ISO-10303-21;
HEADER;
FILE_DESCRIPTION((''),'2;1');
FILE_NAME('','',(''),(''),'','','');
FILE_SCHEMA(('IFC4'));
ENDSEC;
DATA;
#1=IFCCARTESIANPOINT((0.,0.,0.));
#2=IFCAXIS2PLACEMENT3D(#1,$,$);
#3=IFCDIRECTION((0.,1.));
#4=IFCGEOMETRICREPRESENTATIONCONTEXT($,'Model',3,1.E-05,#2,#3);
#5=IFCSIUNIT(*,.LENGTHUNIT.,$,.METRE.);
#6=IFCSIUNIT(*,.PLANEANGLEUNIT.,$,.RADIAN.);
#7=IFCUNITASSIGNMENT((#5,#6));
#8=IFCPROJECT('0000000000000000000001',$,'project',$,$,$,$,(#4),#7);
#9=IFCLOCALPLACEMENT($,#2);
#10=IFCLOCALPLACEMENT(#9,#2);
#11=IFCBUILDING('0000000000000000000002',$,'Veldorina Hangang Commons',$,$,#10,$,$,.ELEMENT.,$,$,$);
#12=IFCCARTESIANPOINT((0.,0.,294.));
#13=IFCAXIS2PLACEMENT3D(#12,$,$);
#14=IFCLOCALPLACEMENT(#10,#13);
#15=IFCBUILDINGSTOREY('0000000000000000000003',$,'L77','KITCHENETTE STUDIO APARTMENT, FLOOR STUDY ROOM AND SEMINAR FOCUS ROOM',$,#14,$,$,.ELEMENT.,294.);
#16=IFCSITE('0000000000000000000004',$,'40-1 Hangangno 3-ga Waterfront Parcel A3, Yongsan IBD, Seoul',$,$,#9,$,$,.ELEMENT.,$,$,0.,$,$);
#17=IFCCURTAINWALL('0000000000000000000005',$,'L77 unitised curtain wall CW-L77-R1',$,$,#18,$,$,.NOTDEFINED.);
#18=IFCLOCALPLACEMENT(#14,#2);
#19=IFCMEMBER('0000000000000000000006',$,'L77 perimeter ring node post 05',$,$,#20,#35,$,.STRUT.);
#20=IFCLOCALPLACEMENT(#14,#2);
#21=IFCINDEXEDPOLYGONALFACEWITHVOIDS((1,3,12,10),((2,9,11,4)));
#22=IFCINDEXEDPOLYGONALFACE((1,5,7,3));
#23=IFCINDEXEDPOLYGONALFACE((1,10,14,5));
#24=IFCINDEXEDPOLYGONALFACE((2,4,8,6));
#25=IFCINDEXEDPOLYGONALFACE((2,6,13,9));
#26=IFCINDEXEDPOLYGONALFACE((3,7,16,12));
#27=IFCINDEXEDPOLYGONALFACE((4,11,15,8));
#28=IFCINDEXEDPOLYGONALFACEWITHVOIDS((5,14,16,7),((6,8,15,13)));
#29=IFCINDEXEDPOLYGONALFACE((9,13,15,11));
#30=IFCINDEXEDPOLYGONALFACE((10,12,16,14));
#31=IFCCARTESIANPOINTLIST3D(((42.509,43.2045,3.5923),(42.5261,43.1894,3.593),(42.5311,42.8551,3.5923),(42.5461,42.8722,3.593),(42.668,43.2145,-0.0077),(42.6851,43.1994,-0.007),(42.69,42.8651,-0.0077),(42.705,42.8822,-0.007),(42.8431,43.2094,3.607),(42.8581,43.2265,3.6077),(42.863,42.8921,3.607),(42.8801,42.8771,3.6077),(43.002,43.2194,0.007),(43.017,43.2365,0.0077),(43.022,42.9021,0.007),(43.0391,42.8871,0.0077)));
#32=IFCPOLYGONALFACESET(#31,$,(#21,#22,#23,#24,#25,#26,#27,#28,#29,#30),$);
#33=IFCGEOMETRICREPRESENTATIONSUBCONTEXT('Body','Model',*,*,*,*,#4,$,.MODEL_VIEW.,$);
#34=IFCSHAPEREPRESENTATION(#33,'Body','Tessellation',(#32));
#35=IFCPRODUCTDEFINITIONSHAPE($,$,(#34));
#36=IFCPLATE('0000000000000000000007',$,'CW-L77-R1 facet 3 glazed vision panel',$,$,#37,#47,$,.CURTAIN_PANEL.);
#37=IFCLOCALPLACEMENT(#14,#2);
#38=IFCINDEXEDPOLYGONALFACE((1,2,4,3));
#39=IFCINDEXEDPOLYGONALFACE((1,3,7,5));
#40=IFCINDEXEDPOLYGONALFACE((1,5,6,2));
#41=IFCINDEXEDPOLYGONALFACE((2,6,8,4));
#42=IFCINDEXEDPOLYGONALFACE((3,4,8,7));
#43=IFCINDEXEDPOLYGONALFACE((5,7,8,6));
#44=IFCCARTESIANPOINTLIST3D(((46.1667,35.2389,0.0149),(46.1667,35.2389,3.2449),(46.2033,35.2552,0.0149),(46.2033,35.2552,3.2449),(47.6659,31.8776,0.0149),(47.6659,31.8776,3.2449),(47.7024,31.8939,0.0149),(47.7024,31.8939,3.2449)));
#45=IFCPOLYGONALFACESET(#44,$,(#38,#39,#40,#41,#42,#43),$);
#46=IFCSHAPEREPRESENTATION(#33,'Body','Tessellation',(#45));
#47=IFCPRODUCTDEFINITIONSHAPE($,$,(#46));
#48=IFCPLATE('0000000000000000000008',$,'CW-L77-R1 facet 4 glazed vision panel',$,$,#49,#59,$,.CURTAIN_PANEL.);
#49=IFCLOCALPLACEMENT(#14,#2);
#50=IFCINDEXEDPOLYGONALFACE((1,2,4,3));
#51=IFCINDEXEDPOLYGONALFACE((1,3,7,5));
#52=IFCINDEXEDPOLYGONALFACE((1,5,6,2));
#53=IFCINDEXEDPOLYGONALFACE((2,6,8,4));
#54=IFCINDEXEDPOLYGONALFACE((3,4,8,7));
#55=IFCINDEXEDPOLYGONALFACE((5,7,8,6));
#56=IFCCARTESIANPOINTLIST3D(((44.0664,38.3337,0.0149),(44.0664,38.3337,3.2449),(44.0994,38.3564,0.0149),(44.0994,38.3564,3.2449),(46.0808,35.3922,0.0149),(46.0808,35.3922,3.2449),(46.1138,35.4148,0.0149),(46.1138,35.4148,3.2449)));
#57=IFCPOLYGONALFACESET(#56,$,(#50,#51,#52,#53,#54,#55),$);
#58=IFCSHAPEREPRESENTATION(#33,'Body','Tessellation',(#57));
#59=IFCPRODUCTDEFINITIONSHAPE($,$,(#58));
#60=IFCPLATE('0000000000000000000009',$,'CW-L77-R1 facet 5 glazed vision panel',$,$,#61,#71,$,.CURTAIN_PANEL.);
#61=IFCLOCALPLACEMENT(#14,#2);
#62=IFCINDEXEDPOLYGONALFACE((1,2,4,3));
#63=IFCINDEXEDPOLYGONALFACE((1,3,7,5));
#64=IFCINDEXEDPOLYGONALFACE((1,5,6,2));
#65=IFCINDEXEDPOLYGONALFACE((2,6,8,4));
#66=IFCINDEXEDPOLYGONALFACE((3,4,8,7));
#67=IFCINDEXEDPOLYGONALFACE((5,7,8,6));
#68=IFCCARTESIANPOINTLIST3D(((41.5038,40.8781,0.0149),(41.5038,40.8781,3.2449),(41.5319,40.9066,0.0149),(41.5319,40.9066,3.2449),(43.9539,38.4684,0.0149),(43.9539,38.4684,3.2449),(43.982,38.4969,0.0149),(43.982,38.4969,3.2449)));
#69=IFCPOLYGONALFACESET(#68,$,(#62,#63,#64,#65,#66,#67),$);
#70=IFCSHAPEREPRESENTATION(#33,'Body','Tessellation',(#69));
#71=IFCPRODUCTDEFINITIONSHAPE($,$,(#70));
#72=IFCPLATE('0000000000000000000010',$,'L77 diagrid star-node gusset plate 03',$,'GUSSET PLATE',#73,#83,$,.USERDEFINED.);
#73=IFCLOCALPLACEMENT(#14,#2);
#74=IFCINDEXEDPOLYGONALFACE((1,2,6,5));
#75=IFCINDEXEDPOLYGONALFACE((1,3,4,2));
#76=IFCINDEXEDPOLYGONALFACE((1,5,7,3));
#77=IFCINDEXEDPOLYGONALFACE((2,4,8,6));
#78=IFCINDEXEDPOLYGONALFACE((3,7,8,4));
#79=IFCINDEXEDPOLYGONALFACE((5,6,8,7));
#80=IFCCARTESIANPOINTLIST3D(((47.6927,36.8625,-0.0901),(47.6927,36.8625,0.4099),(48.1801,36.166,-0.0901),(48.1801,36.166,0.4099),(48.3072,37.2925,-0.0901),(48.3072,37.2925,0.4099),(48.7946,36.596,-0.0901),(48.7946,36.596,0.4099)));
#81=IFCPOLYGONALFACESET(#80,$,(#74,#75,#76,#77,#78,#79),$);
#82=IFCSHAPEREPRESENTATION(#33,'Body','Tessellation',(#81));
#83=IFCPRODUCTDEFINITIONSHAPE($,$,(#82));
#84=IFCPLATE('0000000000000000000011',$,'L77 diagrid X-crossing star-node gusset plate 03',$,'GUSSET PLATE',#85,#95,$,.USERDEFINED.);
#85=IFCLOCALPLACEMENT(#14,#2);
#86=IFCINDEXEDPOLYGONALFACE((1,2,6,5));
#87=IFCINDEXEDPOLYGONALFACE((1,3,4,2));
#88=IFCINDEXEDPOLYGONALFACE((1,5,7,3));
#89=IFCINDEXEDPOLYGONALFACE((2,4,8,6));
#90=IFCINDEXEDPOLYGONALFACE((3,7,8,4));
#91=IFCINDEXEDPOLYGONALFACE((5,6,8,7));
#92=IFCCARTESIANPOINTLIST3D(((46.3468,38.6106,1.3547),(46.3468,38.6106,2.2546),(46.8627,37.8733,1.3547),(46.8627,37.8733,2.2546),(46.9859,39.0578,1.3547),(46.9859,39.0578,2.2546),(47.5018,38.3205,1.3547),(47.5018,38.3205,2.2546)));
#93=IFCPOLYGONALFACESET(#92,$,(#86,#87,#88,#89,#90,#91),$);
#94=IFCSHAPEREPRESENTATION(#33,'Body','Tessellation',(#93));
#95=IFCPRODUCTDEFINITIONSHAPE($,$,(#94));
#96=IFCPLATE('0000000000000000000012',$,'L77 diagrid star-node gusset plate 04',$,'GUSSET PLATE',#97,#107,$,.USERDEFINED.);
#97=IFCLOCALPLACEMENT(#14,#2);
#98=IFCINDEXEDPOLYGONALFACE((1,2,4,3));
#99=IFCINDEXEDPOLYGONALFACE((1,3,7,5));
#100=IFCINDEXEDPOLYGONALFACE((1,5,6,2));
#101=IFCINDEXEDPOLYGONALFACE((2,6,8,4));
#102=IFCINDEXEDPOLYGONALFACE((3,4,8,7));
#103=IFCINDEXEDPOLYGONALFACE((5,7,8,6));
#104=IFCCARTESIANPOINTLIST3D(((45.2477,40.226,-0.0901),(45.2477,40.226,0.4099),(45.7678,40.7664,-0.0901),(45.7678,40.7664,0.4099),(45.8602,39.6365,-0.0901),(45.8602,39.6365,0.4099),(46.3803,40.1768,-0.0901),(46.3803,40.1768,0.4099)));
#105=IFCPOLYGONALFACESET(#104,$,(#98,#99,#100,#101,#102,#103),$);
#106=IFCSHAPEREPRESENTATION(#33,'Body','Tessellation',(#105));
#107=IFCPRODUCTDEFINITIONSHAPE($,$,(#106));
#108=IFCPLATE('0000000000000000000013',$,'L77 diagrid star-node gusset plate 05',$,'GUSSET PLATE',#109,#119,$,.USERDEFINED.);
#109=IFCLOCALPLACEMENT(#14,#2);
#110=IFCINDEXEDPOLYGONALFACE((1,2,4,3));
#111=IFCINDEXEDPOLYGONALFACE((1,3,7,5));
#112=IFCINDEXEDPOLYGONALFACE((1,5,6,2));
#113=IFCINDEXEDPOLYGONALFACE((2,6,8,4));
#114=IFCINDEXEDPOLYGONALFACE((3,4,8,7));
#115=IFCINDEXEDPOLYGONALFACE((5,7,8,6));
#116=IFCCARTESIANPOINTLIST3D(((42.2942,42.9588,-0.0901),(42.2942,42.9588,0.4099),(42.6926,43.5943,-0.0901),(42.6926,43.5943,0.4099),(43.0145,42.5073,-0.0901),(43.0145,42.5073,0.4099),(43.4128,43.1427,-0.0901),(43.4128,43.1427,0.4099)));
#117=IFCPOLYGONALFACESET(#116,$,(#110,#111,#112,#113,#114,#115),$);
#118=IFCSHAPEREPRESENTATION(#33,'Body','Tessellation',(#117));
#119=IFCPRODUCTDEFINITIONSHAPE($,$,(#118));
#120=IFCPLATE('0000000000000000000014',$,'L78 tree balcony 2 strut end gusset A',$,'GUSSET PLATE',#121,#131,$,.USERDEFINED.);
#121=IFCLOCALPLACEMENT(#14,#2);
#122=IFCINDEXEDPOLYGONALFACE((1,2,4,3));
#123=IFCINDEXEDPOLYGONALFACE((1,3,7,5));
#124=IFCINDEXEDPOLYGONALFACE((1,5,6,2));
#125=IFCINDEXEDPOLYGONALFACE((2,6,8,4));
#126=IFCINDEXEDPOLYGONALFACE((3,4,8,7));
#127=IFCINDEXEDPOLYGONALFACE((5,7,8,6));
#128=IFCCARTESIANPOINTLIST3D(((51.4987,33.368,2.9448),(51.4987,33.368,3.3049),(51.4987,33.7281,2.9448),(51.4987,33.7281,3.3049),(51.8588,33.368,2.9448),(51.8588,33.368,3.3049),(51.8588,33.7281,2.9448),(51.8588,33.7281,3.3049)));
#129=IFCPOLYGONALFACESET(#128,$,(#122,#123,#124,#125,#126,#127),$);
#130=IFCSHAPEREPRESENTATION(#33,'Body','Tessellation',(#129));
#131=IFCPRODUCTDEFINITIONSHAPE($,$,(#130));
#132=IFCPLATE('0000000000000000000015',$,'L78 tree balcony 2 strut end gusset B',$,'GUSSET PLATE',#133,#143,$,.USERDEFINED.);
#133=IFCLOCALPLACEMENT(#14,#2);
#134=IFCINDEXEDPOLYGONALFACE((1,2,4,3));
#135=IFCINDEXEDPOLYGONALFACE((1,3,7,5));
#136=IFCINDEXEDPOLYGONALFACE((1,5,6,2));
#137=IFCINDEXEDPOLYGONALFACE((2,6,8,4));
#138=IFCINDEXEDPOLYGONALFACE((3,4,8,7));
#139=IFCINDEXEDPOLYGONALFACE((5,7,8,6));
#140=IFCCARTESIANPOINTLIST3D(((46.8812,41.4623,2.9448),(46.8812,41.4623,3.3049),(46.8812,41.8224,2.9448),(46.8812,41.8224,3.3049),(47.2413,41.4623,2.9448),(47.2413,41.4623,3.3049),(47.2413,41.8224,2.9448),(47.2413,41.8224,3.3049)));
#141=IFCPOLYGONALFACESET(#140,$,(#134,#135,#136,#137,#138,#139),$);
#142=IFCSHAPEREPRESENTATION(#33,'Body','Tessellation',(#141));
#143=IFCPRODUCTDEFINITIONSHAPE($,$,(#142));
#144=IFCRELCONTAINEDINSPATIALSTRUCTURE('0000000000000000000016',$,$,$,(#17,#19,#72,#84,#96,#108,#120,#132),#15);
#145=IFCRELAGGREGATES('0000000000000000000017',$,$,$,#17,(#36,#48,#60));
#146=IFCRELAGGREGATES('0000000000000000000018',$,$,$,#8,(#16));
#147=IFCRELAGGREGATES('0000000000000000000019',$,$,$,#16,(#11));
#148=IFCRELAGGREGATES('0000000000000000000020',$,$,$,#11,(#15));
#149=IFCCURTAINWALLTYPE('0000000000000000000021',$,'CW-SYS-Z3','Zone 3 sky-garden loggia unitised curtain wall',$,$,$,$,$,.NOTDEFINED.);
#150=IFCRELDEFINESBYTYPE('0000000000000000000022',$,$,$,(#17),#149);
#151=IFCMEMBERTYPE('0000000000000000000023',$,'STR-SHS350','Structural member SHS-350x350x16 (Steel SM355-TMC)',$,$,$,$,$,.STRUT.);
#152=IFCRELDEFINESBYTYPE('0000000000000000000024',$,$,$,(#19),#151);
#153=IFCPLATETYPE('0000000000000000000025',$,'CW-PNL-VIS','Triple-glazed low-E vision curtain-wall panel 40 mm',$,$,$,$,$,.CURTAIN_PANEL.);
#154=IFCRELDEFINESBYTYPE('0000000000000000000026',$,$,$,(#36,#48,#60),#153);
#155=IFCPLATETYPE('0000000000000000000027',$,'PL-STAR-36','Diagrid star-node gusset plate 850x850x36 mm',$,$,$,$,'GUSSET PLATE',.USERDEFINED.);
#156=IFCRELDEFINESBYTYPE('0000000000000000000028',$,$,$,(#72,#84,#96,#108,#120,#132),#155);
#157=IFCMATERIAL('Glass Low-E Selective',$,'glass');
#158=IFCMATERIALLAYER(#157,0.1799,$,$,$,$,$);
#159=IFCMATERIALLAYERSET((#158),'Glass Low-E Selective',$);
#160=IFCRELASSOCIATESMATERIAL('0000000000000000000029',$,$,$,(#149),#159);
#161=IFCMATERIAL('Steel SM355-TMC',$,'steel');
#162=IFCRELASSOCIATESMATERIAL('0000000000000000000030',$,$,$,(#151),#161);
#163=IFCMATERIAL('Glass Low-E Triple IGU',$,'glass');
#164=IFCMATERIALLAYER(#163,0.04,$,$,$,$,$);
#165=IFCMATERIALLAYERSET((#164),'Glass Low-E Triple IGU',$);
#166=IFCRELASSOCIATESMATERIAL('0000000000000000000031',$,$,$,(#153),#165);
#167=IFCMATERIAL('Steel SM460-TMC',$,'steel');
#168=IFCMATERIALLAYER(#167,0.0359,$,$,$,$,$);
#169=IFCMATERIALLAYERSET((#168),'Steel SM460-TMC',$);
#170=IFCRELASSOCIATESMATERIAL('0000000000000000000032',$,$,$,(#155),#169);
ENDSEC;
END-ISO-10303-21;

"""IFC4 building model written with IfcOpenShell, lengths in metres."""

from ifc_helpers import new_model, si_unit, direction, frame, origin, origin_2d, place, context, subcontext, project, spatial, rectangle, hollow_rectangle, extrude, material, layer, layer_set, material_profile, profile_set, type_object, element, aggregate, save


model = new_model("IFC4")

# Units and contexts
model_context = context("Model", 3, precision=1e-05, world=origin(), true_north=direction((0.0, 1.0)))
body_context = subcontext(model_context, "Body", "Model", "MODEL_VIEW")
ifc_project = project(units=[si_unit("LENGTHUNIT", "METRE"), si_unit("PLANEANGLEUNIT", "RADIAN")], contexts=[model_context])

# Site, building, storey
site_placement = place(None, origin())
site = spatial("IfcSite", under=ifc_project, at=site_placement, Name="40-1 Hangangno 3-ga Waterfront Parcel A3, Yongsan IBD, Seoul", CompositionType="ELEMENT", RefElevation=0.0)
building_placement = place(site_placement, origin())
building = spatial("IfcBuilding", under=site, at=building_placement, Name="Veldorina Hangang Commons", CompositionType="ELEMENT")
storey_placement = place(building_placement, frame((0.0, 0.0, 294.0)))
storey = spatial("IfcBuildingStorey", under=building, at=storey_placement, Name="L77", Description="KITCHENETTE STUDIO APARTMENT, FLOOR STUDY ROOM AND SEMINAR FOCUS ROOM", CompositionType="ELEMENT", Elevation=294.0)

# Shared definitions
ifc_material_1 = material(Name="Steel SM460-TMC", Category="steel")
ifc_material_2 = material(Name="Steel SM355-TMC", Category="steel")

# Curtain wall
ifc_material_3 = material(Name="Glass Low-E Selective", Category="glass")
ifc_layer_1 = layer(ifc_material_3, 0.1799)
ifc_layer_set_1 = layer_set([ifc_layer_1], Name="Glass Low-E Selective")
curtain_wall_type = type_object("IfcCurtainWallType", Name="CW-SYS-Z3", Description="Zone 3 sky-garden loggia unitised curtain wall", PredefinedType="NOTDEFINED", material=ifc_layer_set_1)
curtain_wall_placement = place(storey_placement, origin())
curtain_wall = element("IfcCurtainWall", 1, at=curtain_wall_placement, inside=storey, type_object=curtain_wall_type, Name="L77 unitised curtain wall CW-L77-R1", PredefinedType="NOTDEFINED")

# Member
ifc_material_profile_1 = material_profile(ifc_material_2, hollow_rectangle(XDim=0.3501, YDim=0.3501, WallThickness=0.0161, at=origin_2d()), Name="SHS-350x350x16")
ifc_profile_set_1 = profile_set([ifc_material_profile_1], Name="Steel SM355-TMC")
member_type_1 = type_object("IfcMemberType", Name="STR-SHS350", Description="Structural member SHS-350x350x16 (Steel SM355-TMC)", PredefinedType="STRUT", material=ifc_profile_set_1)
member_1_placement = place(storey_placement, frame((42.8535, 43.0508, 0.0), z_axis=(-0.044104, -0.002778, 0.999023), x_axis=(0.062855, -0.998023, 0.0)))
element("IfcMember", 2, at=member_1_placement, inside=storey, type_object=member_type_1, Name="L77 perimeter ring node post 05", PredefinedType="STRUT", context=body_context, shape_type="SweptSolid", body=[
    extrude(hollow_rectangle(XDim=0.3501, YDim=0.3501, WallThickness=0.0161, at=origin_2d()), origin(), (0.0, 0.0, 1.0), 3.6035),
])

# Plates
ifc_material_4 = material(Name="Glass Low-E Triple IGU", Category="glass")
ifc_layer_2 = layer(ifc_material_4, 0.04)
ifc_layer_set_2 = layer_set([ifc_layer_2], Name="Glass Low-E Triple IGU")
plate_type_1 = type_object("IfcPlateType", Name="CW-PNL-VIS", Description="Triple-glazed low-E vision curtain-wall panel 40 mm", PredefinedType="CURTAIN_PANEL", material=ifc_layer_set_2)
plate_1_placement = place(storey_placement, frame((46.9346, 33.5664, 0.0149), z_axis=(0.0, 0.0, 1.0), x_axis=(-0.407327, 0.913283, 0.0)))
plate_1 = element("IfcPlate", 3, at=plate_1_placement, type_object=plate_type_1, Name="CW-L77-R1 facet 3 glazed vision panel", PredefinedType="CURTAIN_PANEL", context=body_context, shape_type="SweptSolid", body=[
    extrude(rectangle(XDim=3.6804, YDim=0.04, at=origin_2d()), origin(), (0.0, 0.0, 1.0), 3.23),
])
plate_2_placement = place(storey_placement, frame((45.0901, 36.8743, 0.0149), z_axis=(0.0, 0.0, 1.0), x_axis=(-0.565025, 0.825074, 0.0)))
plate_2 = element("IfcPlate", 4, at=plate_2_placement, type_object=plate_type_1, Name="CW-L77-R1 facet 4 glazed vision panel", PredefinedType="CURTAIN_PANEL", context=body_context, shape_type="SweptSolid", body=[
    extrude(rectangle(XDim=3.5652, YDim=0.04, at=origin_2d()), origin(), (0.0, 0.0, 1.0), 3.23),
])
plate_3_placement = place(storey_placement, frame((42.7429, 39.6875, 0.0149), z_axis=(0.0, 0.0, 1.0), x_axis=(-0.712957, 0.701208, 0.0)))
plate_3 = element("IfcPlate", 5, at=plate_3_placement, type_object=plate_type_1, Name="CW-L77-R1 facet 5 glazed vision panel", PredefinedType="CURTAIN_PANEL", context=body_context, shape_type="SweptSolid", body=[
    extrude(rectangle(XDim=3.4365, YDim=0.04, at=origin_2d()), origin(), (0.0, 0.0, 1.0), 3.23),
])
aggregate(curtain_wall, [plate_1, plate_2, plate_3])

# Plates
ifc_layer_3 = layer(ifc_material_1, 0.0359)
ifc_layer_set_3 = layer_set([ifc_layer_3], Name="Steel SM460-TMC")
plate_type_2 = type_object("IfcPlateType", Name="PL-STAR-36", Description="Diagrid star-node gusset plate 850x850x36 mm", ElementType="GUSSET PLATE", PredefinedType="USERDEFINED", material=ifc_layer_set_3)
plate_4_placement = place(storey_placement, frame((48.2437, 36.7292, -0.0901), z_axis=(0.0, 0.0, 1.0), x_axis=(-0.573333, 0.819322, 0.0)))
element("IfcPlate", 6, at=plate_4_placement, inside=storey, type_object=plate_type_2, Name="L77 diagrid star-node gusset plate 03", ObjectType="GUSSET PLATE", PredefinedType="USERDEFINED", context=body_context, shape_type="SweptSolid", body=[
    extrude(rectangle(XDim=0.8501, YDim=0.75, at=origin_2d()), origin(), (0.0, 0.0, 1.0), 0.5),
])
plate_5_placement = place(storey_placement, frame((46.9243, 38.4656, 1.3547), z_axis=(0.0, 0.0, 1.0), x_axis=(-0.573333, 0.819322, 0.0)))
element("IfcPlate", 7, at=plate_5_placement, inside=storey, type_object=plate_type_2, Name="L77 diagrid X-crossing star-node gusset plate 03", ObjectType="GUSSET PLATE", PredefinedType="USERDEFINED", context=body_context, shape_type="SweptSolid", body=[
    extrude(rectangle(XDim=0.8999, YDim=0.78, at=origin_2d()), origin(), (0.0, 0.0, 1.0), 0.8999),
])
for number, where, z_axis, x_axis, name in (
    (8, (45.814, 40.2014, -0.0901), (0.0, 0.0, 1.0), (-0.720491, 0.693465, 0.0), "L77 diagrid star-node gusset plate 04"),
    (9, (42.8535, 43.0508, -0.0901), (0.0, 0.0, 1.0), (-0.84728, 0.531147, 0.0), "L77 diagrid star-node gusset plate 05"),
):
    element("IfcPlate", number, at=place(storey_placement, frame(where, z_axis=z_axis, x_axis=x_axis)), inside=storey, type_object=plate_type_2, Name=name, ObjectType="GUSSET PLATE", PredefinedType="USERDEFINED", context=body_context, shape_type="SweptSolid", body=[
        extrude(rectangle(XDim=0.8501, YDim=0.75, at=origin_2d()), origin(), (0.0, 0.0, 1.0), 0.5),
    ])
for number, where, z_axis, x_axis, name in (
    (10, (51.6787, 33.5481, 2.9448), (0.0, 0.0, 1.0), (1.0, 0.0, 0.0), "L78 tree balcony 2 strut end gusset A"),
    (11, (47.0613, 41.6423, 2.9448), (0.0, 0.0, 1.0), (1.0, 0.0, 0.0), "L78 tree balcony 2 strut end gusset B"),
):
    element("IfcPlate", number, at=place(storey_placement, frame(where, z_axis=z_axis, x_axis=x_axis)), inside=storey, type_object=plate_type_2, Name=name, ObjectType="GUSSET PLATE", PredefinedType="USERDEFINED", context=body_context, shape_type="SweptSolid", body=[
        extrude(rectangle(XDim=0.3601, YDim=0.3601, at=origin_2d()), origin(), (0.0, 0.0, 1.0), 0.3601),
    ])

save(model, "model.ifc")
